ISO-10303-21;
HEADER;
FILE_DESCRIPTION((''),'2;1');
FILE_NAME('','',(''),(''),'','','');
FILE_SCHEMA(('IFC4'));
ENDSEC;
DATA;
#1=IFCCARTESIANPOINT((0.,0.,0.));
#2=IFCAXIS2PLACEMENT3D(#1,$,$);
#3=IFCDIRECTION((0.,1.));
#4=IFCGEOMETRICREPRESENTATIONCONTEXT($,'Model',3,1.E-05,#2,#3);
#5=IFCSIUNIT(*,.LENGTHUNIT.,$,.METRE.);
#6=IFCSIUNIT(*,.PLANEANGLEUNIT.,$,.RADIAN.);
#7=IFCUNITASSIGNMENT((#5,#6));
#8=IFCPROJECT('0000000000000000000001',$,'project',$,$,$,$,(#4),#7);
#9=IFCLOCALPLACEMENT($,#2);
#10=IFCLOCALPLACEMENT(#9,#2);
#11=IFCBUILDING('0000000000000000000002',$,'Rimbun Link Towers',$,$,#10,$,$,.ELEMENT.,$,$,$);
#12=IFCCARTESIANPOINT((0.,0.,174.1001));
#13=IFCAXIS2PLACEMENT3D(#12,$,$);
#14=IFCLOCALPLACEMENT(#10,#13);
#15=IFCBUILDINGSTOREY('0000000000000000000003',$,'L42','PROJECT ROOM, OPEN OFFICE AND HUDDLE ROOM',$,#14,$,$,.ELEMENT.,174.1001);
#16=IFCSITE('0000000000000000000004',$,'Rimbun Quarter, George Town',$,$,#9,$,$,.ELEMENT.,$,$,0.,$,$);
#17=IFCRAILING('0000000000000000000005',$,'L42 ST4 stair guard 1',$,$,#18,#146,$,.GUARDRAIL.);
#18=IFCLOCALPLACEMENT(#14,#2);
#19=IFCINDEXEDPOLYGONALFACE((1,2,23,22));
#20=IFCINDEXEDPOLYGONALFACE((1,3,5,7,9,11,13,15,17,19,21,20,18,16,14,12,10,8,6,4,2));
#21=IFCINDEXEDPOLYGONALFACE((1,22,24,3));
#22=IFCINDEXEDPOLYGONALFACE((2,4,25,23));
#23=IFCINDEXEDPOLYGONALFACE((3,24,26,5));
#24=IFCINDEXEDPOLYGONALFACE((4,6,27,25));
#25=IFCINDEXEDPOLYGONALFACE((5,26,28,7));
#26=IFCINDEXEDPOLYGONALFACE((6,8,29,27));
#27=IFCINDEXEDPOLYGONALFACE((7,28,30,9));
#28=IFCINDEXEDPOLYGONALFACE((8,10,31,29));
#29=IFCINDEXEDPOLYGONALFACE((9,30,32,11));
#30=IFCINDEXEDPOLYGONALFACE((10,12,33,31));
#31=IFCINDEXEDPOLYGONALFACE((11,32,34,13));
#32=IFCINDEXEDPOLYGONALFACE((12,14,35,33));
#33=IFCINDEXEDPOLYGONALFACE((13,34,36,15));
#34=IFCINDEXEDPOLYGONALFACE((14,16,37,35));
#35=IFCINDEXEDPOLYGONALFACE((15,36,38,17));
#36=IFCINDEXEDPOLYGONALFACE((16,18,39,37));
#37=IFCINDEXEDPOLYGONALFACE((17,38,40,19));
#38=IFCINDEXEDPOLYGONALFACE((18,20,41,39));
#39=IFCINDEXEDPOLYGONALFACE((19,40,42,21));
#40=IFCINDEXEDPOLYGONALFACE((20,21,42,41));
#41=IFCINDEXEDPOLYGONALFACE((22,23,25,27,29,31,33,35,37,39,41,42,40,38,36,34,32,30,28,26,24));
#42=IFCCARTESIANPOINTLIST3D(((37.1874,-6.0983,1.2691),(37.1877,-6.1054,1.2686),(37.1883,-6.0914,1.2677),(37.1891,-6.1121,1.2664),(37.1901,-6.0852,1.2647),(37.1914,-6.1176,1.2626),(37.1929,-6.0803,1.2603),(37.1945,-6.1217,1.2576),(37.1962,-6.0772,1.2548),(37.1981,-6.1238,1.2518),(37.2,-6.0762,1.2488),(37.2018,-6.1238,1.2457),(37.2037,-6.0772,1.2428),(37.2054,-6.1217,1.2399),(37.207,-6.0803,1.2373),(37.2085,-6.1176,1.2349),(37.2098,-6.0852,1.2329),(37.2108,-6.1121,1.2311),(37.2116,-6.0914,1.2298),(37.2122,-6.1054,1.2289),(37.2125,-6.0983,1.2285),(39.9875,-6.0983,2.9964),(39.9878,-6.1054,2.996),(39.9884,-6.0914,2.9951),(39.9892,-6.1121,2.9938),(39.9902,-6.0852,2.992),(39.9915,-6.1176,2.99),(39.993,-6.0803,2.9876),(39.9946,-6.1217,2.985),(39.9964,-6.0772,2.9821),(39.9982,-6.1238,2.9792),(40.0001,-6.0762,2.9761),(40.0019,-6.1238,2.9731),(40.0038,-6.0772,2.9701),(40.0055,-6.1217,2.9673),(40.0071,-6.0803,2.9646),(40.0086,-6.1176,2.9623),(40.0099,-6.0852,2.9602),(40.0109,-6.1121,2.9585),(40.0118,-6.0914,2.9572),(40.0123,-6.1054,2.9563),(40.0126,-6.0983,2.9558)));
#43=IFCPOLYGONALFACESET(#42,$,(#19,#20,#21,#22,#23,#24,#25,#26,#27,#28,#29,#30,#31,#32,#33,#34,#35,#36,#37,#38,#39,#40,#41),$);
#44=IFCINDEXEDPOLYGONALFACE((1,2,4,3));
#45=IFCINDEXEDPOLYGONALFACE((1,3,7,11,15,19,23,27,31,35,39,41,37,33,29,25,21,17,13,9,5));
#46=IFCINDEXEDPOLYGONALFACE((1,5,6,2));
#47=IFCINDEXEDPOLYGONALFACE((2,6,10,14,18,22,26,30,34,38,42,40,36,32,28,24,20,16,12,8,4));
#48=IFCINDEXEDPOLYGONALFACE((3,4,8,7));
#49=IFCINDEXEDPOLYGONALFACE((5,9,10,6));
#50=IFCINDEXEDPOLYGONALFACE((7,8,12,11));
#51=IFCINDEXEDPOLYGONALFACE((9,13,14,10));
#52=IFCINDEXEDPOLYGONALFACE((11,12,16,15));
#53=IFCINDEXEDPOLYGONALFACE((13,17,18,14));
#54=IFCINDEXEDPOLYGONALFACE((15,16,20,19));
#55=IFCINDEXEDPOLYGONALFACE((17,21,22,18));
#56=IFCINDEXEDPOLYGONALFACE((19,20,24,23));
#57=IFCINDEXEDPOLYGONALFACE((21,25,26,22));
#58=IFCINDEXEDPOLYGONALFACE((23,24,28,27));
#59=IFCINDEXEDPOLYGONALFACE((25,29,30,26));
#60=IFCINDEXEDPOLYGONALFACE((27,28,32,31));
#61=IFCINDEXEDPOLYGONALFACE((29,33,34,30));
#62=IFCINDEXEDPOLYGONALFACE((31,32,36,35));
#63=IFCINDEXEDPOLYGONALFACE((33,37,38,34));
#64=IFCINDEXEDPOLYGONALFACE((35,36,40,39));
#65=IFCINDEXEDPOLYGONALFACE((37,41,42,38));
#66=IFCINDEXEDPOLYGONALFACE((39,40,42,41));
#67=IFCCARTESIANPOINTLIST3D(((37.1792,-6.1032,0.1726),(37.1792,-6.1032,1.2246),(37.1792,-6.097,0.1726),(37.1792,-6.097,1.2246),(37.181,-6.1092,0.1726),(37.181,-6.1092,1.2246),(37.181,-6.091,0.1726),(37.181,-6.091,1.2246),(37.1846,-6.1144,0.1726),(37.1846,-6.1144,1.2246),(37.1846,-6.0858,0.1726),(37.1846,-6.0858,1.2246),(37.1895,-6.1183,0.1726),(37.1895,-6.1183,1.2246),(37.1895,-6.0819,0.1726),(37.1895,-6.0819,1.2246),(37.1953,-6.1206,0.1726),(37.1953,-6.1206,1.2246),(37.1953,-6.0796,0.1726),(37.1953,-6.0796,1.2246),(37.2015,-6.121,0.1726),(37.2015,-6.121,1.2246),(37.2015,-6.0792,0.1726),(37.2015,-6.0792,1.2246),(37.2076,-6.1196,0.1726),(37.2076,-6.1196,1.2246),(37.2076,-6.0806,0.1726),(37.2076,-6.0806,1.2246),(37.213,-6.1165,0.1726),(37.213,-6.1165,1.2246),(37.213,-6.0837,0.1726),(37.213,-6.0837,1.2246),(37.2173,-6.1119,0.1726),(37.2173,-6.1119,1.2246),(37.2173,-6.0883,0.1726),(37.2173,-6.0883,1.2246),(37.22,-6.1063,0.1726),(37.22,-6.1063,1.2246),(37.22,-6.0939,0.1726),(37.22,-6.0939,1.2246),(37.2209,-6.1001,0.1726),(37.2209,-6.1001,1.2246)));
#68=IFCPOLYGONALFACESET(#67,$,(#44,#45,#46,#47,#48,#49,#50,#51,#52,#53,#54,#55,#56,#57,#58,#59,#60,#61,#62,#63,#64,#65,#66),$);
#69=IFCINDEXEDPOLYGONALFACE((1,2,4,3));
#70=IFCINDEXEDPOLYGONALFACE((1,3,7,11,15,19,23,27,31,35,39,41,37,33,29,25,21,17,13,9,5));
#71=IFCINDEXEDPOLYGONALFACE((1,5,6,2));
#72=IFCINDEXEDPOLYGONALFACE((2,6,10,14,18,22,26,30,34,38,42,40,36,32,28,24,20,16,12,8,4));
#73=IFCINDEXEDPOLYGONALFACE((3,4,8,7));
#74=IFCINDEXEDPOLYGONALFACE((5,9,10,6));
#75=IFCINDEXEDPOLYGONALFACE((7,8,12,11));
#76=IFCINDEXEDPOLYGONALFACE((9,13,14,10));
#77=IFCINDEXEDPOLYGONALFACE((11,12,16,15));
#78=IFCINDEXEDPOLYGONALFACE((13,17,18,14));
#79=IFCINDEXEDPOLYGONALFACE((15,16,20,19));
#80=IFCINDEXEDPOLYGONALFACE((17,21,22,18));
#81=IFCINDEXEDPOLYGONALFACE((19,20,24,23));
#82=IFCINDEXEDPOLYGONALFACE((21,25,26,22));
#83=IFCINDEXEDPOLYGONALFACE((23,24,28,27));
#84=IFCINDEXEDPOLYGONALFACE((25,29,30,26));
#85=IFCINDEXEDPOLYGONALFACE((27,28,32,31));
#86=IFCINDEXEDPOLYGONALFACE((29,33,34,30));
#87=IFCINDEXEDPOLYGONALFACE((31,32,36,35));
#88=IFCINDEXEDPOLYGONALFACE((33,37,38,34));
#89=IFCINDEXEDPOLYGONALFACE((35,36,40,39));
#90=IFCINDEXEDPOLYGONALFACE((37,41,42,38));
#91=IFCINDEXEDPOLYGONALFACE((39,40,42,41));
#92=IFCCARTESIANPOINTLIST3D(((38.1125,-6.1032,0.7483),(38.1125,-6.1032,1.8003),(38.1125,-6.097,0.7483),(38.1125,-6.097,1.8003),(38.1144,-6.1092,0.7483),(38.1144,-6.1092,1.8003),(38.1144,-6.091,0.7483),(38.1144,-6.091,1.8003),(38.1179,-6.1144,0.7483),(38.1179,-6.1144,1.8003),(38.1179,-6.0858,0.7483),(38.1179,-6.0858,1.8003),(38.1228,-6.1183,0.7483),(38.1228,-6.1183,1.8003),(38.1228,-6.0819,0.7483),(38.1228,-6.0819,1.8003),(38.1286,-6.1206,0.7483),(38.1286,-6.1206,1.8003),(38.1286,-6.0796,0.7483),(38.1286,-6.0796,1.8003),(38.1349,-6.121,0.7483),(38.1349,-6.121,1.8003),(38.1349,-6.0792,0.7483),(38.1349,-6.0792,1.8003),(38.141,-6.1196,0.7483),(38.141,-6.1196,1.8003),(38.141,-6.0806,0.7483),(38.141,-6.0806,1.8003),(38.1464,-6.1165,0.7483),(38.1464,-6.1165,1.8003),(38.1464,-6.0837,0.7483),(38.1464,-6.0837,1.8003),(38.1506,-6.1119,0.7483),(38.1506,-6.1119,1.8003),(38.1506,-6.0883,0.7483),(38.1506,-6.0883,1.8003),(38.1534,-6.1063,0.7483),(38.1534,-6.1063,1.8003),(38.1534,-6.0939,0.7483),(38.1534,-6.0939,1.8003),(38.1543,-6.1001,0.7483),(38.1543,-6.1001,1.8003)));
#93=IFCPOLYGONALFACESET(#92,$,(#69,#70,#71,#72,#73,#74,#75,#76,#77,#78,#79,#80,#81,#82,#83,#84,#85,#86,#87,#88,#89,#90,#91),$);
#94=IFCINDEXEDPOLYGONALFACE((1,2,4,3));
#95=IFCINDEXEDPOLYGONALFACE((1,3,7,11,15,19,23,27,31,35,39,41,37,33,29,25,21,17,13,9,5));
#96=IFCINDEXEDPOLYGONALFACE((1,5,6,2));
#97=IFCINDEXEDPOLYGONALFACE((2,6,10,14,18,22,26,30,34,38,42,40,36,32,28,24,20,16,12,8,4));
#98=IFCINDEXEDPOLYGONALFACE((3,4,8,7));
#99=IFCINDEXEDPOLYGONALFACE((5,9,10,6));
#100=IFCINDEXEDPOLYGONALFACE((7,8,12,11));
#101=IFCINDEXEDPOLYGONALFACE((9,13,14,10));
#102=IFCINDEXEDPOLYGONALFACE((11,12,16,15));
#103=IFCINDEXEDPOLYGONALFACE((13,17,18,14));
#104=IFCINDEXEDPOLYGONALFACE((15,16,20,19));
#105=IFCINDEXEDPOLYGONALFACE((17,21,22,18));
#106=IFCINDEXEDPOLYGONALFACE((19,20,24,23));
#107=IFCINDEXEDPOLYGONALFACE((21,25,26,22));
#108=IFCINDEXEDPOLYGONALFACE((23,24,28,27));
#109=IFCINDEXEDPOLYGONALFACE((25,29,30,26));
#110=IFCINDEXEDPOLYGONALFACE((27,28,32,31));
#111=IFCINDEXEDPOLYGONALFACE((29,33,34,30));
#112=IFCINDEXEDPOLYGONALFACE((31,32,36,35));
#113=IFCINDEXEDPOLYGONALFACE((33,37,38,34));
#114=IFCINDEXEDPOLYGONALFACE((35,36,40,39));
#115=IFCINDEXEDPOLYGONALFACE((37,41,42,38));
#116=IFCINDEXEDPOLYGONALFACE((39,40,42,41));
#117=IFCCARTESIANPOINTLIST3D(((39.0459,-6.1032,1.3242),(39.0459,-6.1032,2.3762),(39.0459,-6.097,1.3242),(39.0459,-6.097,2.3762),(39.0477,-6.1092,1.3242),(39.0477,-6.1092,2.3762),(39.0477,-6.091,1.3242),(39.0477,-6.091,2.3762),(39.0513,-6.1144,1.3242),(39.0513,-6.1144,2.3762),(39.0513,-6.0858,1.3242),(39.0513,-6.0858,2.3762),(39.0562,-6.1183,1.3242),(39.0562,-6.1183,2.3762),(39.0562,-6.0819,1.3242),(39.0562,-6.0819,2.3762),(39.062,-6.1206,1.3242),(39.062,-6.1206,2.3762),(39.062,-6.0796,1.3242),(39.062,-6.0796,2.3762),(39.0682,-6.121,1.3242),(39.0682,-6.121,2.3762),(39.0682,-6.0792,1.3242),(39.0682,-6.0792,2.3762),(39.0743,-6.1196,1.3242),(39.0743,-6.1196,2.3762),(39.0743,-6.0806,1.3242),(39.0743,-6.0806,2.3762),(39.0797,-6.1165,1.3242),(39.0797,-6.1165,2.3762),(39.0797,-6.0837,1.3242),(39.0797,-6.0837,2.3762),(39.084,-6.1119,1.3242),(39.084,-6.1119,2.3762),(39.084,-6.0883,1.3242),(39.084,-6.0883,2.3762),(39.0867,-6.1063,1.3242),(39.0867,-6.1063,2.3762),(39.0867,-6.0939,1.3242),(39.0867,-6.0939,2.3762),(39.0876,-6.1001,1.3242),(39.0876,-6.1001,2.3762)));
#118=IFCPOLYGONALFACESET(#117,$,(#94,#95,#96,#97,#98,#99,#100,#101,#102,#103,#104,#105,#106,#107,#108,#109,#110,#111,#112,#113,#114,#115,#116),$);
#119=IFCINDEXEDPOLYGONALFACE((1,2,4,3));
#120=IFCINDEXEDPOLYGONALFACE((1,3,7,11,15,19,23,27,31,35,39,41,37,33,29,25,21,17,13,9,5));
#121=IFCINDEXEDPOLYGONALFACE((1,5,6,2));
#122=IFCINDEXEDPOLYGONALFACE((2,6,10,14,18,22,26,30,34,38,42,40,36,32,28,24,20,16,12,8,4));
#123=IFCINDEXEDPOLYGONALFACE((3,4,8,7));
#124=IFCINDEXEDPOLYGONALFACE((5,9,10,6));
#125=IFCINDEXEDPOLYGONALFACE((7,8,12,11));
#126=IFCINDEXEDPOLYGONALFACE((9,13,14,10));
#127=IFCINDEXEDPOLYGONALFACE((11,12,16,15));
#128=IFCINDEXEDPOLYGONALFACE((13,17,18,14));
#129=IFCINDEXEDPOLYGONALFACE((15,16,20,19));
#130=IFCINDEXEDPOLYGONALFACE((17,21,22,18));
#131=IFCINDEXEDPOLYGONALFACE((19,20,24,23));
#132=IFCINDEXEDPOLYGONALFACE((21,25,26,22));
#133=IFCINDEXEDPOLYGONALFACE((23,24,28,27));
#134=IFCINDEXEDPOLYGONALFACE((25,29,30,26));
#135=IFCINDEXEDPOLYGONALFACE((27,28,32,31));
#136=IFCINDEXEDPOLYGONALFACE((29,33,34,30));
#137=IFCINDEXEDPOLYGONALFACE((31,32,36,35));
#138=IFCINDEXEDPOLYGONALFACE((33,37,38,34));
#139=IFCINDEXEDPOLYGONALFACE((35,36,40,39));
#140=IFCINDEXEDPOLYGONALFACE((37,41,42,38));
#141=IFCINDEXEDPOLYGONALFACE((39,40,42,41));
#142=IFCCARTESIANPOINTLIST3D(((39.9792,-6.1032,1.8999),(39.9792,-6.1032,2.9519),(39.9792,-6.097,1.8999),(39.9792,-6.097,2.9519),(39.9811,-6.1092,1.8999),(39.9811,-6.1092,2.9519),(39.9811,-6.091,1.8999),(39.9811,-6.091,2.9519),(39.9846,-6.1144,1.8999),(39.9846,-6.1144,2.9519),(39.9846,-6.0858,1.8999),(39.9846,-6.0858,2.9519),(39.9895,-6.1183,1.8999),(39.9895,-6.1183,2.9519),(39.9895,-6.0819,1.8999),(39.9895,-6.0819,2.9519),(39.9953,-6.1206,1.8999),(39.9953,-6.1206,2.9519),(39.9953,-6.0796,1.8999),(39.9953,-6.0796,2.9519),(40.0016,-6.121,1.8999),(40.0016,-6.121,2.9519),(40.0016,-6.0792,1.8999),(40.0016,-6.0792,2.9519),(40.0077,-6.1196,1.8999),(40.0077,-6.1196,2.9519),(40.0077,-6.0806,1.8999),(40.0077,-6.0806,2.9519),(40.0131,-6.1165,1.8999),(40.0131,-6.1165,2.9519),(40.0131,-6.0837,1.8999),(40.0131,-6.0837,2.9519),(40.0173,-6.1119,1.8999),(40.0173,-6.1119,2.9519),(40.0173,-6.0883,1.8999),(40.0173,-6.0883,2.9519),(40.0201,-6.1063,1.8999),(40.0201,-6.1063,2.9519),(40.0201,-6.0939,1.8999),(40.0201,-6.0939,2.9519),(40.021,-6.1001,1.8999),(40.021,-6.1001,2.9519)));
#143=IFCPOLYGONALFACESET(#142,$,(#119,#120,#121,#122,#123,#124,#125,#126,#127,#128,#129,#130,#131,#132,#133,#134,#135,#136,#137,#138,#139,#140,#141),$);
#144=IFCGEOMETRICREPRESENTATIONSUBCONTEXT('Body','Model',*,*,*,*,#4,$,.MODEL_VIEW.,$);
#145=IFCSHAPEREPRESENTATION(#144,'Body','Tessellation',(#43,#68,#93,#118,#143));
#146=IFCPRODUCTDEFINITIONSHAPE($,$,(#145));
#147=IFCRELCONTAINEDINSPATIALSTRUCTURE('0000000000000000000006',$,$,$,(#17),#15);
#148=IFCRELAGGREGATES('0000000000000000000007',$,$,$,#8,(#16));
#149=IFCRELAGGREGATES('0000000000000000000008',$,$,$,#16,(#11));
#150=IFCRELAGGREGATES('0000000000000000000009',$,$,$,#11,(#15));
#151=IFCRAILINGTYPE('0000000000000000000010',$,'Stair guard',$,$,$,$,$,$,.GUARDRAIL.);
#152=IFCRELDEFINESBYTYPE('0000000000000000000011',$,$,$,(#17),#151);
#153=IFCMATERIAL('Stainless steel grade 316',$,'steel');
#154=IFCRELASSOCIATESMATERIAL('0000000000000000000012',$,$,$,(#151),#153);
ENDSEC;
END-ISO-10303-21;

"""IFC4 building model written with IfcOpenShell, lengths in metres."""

from ifc_helpers import new_model, si_unit, direction, frame, origin, origin_2d, place, context, subcontext, project, spatial, circle, extrude, material, type_object, element, save


model = new_model("IFC4")

# Units and contexts
model_context = context("Model", 3, precision=1e-05, world=origin(), true_north=direction((0.0, 1.0)))
body_context = subcontext(model_context, "Body", "Model", "MODEL_VIEW")
ifc_project = project(units=[si_unit("LENGTHUNIT", "METRE"), si_unit("PLANEANGLEUNIT", "RADIAN")], contexts=[model_context])

# Site, building, storey
site_placement = place(None, origin())
site = spatial("IfcSite", under=ifc_project, at=site_placement, Name="Rimbun Quarter, George Town", CompositionType="ELEMENT", RefElevation=0.0)
building_placement = place(site_placement, origin())
building = spatial("IfcBuilding", under=site, at=building_placement, Name="Rimbun Link Towers", CompositionType="ELEMENT")
storey_placement = place(building_placement, frame((0.0, 0.0, 174.1001)))
storey = spatial("IfcBuildingStorey", under=building, at=storey_placement, Name="L42", Description="PROJECT ROOM, OPEN OFFICE AND HUDDLE ROOM", CompositionType="ELEMENT", Elevation=174.1001)

# Railing
ifc_material_1 = material(Name="Stainless steel grade 316", Category="steel")
railing_type_1 = type_object("IfcRailingType", Name="Stair guard", PredefinedType="GUARDRAIL", material=ifc_material_1)
railing_1_placement = place(storey_placement, frame((37.2, -6.1001, 0.1726)))
element("IfcRailing", 1, at=railing_1_placement, inside=storey, type_object=railing_type_1, Name="L42 ST4 stair guard 1", PredefinedType="GUARDRAIL", context=body_context, shape_type="SweptSolid", body=[
    extrude(circle(Radius=0.0239, at=origin_2d()), frame((0.0, 0.0, 1.0762), z_axis=(0.85109, 0.0, 0.52502), x_axis=(0.0, 1.0, 0.0)), (0.0, 0.0, 1.0), 3.29),
    extrude(circle(Radius=0.021, at=origin_2d()), origin(), (0.0, 0.0, 1.0), 1.052),
    extrude(circle(Radius=0.021, at=origin_2d()), frame((0.9333, 0.0, 0.5757)), (0.0, 0.0, 1.0), 1.052),
    extrude(circle(Radius=0.021, at=origin_2d()), frame((1.8667, 0.0, 1.1516)), (0.0, 0.0, 1.0), 1.052),
    extrude(circle(Radius=0.021, at=origin_2d()), frame((2.8, 0.0, 1.7273)), (0.0, 0.0, 1.0), 1.052),
])

save(model, "model.ifc")
